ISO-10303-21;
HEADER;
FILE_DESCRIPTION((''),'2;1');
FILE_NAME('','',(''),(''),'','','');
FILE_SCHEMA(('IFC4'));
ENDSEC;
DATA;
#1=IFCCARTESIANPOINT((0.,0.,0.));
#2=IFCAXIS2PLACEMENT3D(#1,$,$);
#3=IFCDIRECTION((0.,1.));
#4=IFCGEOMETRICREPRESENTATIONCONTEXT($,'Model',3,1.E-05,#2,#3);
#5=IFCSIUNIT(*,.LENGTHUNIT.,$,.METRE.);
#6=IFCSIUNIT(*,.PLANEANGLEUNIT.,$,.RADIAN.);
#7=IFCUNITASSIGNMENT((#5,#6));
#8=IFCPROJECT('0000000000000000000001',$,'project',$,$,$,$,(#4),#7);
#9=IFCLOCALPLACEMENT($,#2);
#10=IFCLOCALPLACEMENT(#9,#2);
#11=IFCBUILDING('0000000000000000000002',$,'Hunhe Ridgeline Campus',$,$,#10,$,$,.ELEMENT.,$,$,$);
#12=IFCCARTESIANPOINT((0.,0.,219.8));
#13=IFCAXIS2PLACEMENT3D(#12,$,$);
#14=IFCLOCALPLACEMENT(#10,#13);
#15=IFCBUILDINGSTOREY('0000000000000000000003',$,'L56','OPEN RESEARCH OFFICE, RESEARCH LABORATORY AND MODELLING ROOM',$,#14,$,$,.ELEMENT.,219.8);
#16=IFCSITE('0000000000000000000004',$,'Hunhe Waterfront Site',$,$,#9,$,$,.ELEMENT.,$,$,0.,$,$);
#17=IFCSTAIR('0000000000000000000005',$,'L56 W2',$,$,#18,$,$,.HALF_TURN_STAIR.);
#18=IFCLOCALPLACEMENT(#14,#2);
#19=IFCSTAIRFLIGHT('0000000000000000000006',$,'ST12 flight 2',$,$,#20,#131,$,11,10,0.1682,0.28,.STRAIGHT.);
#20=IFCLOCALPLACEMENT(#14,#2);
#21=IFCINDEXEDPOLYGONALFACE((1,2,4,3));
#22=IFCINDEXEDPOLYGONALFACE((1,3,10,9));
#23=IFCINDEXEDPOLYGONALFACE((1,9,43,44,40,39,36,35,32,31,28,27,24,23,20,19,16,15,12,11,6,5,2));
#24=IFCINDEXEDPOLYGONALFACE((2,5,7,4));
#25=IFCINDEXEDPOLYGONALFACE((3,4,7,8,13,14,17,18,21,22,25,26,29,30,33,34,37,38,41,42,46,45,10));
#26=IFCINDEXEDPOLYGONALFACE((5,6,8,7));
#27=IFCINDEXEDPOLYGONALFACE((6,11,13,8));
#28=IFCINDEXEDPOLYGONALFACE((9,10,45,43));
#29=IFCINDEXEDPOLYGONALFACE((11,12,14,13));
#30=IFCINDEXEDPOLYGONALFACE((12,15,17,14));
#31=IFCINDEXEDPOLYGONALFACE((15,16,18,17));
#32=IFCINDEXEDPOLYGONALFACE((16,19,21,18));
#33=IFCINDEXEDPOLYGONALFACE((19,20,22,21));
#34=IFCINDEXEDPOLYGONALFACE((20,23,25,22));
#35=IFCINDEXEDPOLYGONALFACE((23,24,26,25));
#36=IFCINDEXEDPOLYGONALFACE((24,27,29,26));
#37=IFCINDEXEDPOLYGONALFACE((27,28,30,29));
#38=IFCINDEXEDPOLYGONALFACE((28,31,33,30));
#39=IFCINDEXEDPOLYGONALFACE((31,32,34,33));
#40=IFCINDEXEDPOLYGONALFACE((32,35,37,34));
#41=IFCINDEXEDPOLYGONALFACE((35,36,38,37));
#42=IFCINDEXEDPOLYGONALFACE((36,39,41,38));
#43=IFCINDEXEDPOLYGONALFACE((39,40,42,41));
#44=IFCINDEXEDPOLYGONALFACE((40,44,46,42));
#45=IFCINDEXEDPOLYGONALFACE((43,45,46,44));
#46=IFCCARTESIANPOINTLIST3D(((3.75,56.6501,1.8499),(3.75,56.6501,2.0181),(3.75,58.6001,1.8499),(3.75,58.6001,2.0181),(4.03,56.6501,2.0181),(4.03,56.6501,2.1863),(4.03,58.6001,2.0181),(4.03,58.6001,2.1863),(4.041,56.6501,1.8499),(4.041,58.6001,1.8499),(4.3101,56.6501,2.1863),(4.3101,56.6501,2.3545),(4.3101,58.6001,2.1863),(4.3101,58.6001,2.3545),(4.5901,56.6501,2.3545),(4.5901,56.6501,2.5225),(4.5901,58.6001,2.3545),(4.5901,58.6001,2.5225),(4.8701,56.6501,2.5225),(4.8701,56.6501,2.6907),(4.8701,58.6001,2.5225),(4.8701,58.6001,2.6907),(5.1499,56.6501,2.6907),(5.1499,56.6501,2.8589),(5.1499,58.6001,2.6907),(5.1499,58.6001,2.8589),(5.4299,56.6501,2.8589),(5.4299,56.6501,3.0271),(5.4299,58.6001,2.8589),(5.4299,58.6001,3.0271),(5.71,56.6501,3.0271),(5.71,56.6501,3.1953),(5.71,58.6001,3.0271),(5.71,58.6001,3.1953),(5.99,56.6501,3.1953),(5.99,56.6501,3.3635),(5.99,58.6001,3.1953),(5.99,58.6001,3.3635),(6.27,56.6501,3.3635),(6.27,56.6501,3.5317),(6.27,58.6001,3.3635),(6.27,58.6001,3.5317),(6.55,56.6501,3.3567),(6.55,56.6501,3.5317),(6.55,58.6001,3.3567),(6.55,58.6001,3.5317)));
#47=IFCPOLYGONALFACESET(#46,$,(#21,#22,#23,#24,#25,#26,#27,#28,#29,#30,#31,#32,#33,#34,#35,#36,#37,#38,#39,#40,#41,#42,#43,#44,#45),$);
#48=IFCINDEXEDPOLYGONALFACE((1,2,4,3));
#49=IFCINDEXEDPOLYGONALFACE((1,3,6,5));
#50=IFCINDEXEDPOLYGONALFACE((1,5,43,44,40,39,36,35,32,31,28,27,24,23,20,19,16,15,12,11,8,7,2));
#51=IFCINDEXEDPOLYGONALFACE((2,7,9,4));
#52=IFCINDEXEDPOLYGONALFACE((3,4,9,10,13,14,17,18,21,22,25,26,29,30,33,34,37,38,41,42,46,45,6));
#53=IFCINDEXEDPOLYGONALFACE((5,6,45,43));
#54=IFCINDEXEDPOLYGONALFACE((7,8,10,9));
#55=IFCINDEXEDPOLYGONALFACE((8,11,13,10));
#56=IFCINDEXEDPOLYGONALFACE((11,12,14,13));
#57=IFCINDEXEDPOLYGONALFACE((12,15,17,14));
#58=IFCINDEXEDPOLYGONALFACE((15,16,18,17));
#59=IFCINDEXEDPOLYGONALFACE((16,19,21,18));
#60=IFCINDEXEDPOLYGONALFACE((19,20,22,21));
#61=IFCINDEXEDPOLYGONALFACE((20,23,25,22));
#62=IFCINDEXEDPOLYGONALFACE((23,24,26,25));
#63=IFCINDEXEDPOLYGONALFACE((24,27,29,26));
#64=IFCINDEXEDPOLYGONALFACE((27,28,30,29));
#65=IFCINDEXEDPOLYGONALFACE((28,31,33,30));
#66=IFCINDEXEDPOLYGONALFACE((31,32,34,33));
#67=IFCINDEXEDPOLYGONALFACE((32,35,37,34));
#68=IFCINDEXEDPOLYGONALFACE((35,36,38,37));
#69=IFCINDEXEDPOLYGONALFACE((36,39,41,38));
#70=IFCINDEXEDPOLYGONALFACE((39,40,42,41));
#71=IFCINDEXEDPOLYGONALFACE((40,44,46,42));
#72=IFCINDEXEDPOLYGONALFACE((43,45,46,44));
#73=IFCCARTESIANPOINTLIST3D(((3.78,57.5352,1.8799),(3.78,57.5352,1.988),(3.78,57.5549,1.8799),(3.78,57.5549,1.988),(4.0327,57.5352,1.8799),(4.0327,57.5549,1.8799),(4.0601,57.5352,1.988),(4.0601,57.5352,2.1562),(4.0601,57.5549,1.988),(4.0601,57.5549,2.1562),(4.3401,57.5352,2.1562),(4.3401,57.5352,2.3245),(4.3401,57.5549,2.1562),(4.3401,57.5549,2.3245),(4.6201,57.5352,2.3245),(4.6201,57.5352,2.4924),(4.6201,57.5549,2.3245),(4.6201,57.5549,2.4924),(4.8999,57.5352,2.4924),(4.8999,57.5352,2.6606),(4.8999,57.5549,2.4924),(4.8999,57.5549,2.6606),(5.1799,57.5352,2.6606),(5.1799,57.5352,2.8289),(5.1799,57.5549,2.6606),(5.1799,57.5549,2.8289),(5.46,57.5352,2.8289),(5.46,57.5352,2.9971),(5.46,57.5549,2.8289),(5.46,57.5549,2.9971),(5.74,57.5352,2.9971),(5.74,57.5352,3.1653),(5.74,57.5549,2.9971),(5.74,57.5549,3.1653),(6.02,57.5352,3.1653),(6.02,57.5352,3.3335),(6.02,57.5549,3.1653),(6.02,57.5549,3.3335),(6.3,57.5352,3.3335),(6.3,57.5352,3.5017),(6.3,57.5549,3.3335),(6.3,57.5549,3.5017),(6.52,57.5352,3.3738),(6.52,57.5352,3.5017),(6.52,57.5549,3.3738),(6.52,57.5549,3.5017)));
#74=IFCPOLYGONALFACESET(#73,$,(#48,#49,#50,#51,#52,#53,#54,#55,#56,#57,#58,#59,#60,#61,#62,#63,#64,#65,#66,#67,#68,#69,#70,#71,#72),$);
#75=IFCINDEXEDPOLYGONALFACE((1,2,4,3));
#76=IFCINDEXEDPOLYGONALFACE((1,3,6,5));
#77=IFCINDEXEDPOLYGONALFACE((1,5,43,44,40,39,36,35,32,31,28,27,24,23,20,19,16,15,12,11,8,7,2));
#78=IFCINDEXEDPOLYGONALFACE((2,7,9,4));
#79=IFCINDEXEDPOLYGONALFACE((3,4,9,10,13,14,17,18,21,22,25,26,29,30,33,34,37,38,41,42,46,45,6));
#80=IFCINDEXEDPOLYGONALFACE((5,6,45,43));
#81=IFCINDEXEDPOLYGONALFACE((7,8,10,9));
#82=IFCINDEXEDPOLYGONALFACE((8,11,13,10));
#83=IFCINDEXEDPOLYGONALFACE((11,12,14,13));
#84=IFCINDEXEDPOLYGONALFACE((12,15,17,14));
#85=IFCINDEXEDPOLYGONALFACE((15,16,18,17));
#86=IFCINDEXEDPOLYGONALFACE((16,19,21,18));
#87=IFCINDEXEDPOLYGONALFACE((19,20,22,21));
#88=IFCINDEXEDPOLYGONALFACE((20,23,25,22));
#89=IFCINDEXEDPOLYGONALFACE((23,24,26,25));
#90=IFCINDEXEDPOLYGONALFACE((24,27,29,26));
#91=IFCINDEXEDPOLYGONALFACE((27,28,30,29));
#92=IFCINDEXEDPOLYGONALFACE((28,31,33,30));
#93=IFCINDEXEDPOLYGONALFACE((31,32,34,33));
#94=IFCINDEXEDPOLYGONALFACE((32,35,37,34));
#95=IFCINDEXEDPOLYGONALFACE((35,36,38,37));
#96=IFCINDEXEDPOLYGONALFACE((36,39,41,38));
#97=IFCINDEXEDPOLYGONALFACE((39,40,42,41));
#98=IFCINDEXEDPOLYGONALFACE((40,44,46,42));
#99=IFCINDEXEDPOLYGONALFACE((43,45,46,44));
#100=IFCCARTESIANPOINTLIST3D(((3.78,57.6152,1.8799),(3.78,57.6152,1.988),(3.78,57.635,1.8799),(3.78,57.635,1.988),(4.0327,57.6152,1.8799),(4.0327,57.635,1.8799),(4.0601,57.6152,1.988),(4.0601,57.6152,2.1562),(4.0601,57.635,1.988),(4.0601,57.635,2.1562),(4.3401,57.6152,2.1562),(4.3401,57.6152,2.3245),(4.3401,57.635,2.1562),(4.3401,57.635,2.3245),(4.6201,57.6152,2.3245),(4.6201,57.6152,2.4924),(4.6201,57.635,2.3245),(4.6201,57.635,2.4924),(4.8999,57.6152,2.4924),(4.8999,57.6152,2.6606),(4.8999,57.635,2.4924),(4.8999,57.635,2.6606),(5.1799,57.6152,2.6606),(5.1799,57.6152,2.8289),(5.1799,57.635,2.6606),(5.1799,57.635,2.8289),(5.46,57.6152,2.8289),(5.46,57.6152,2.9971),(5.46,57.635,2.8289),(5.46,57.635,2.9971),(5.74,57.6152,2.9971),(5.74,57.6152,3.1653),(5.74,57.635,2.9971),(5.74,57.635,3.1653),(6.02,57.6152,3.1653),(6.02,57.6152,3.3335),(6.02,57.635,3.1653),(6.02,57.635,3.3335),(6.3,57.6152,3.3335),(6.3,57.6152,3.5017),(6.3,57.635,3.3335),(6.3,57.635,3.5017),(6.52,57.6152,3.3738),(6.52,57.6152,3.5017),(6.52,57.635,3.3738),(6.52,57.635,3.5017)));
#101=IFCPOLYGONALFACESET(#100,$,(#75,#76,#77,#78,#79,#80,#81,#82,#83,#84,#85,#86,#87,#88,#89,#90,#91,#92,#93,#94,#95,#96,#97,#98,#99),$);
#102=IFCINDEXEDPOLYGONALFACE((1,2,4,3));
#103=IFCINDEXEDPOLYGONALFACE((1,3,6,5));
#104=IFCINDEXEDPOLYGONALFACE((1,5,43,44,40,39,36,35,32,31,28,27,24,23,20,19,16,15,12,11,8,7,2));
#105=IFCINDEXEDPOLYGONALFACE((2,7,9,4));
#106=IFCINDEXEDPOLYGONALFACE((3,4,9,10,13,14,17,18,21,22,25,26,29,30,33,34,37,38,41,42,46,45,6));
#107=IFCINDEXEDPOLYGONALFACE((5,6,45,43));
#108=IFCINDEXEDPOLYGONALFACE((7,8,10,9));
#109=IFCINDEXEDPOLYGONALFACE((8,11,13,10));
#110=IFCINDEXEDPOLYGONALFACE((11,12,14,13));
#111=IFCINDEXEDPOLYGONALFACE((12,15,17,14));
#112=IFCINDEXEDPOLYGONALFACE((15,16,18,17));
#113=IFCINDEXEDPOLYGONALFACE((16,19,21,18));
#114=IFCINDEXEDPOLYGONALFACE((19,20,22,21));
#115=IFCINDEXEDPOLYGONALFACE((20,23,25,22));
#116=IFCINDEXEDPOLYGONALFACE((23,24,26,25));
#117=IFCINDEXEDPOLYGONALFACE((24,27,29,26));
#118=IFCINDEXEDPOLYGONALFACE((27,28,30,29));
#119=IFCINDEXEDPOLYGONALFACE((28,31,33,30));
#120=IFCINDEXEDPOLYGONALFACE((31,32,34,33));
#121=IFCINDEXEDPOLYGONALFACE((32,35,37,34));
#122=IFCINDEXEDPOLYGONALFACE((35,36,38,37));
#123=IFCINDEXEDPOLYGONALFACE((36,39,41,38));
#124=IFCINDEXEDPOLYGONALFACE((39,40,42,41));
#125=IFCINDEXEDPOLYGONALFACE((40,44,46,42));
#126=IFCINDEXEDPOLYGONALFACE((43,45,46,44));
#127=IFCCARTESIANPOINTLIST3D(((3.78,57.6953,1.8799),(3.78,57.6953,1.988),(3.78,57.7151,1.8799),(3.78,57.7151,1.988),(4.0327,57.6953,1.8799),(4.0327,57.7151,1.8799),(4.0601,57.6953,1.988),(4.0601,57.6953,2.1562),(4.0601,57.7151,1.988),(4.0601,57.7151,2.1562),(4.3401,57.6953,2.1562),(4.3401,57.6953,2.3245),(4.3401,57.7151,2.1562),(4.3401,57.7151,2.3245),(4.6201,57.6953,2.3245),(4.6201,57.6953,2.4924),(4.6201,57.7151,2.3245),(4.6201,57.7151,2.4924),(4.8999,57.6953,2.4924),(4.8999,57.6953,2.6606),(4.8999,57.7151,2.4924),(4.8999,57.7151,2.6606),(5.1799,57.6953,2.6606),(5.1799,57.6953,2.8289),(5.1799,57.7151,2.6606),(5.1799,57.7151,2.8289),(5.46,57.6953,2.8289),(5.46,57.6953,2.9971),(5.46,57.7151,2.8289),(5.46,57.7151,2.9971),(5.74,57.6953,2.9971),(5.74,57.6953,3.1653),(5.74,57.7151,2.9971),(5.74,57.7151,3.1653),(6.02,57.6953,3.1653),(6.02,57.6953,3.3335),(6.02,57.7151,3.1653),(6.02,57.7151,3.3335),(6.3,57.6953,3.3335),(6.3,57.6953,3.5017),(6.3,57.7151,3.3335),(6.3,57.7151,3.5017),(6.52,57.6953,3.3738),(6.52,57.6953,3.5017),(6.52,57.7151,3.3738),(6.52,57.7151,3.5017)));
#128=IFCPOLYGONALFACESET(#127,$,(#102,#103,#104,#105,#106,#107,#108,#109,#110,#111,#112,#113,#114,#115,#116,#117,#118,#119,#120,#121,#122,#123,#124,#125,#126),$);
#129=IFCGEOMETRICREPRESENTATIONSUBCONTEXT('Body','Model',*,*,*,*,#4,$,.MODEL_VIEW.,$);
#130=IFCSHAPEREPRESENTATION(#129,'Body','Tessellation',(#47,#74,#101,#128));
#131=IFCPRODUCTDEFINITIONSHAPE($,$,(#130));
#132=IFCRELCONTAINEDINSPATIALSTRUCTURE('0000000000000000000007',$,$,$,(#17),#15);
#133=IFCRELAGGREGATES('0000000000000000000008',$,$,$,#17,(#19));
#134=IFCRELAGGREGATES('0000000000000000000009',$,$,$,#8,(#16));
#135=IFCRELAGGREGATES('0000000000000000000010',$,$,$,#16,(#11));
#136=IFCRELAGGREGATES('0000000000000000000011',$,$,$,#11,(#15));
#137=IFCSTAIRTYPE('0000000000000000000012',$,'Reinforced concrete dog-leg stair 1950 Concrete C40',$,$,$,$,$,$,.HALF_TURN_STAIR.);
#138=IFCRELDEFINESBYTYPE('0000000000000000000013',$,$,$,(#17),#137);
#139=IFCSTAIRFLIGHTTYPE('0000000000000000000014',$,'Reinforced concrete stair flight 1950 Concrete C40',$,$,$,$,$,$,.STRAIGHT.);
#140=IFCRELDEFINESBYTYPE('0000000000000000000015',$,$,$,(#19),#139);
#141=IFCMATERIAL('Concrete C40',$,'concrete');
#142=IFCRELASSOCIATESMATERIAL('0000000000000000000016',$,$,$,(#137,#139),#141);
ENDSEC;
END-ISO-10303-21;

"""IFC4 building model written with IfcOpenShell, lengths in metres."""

from ifc_helpers import new_model, si_unit, direction, frame, origin, place, context, subcontext, project, spatial, polyline, outline, extrude, material, type_object, element, aggregate, save


model = new_model("IFC4")

# Units and contexts
model_context = context("Model", 3, precision=1e-05, world=origin(), true_north=direction((0.0, 1.0)))
body_context = subcontext(model_context, "Body", "Model", "MODEL_VIEW")
ifc_project = project(units=[si_unit("LENGTHUNIT", "METRE"), si_unit("PLANEANGLEUNIT", "RADIAN")], contexts=[model_context])

# Site, building, storey
site_placement = place(None, origin())
site = spatial("IfcSite", under=ifc_project, at=site_placement, Name="Hunhe Waterfront Site", CompositionType="ELEMENT", RefElevation=0.0)
building_placement = place(site_placement, origin())
building = spatial("IfcBuilding", under=site, at=building_placement, Name="Hunhe Ridgeline Campus", CompositionType="ELEMENT")
storey_placement = place(building_placement, frame((0.0, 0.0, 219.8)))
storey = spatial("IfcBuildingStorey", under=building, at=storey_placement, Name="L56", Description="OPEN RESEARCH OFFICE, RESEARCH LABORATORY AND MODELLING ROOM", CompositionType="ELEMENT", Elevation=219.8)

# Shared definitions
ifc_material_1 = material(Name="Concrete C40", Category="concrete")
stair_type = type_object("IfcStairType", Name="Reinforced concrete dog-leg stair 1950 Concrete C40", PredefinedType="HALF_TURN_STAIR", material=ifc_material_1)
stair_flight_type = type_object("IfcStairFlightType", Name="Reinforced concrete stair flight 1950 Concrete C40", PredefinedType="STRAIGHT", material=ifc_material_1)

# Stair, stair flight
stair_1_placement = place(storey_placement, origin())
stair_1 = element("IfcStair", 1, at=stair_1_placement, inside=storey, type_object=stair_type, Name="L56 W2", PredefinedType="HALF_TURN_STAIR")
stair_flight_1_placement = place(storey_placement, frame((3.75, 57.625, 1.8499), z_axis=(0.0, 0.0, 1.0), x_axis=(1.0, 0.0, 0.0)))
stair_flight_1 = element("IfcStairFlight", 2, at=stair_flight_1_placement, type_object=stair_flight_type, Name="ST12 flight 2", NumberOfRisers=11, NumberOfTreads=10, PredefinedType="STRAIGHT", RiserHeight=0.1682, TreadLength=0.28, context=body_context, shape_type="SweptSolid", body=[
    extrude(outline(polyline([(0.0, 0.0), (0.0, 0.1682), (0.28, 0.1682), (0.28, 0.3364), (0.5601, 0.3364), (0.5601, 0.5046), (0.8401, 0.5046), (0.8401, 0.6726), (1.1201, 0.6726), (1.1201, 0.8408), (1.3999, 0.8408), (1.3999, 1.009), (1.6799, 1.009), (1.6799, 1.1772), (1.96, 1.1772), (1.96, 1.3455), (2.24, 1.3455), (2.24, 1.5137), (2.52, 1.5137), (2.52, 1.6819), (2.8, 1.6819), (2.8, 1.8501), (2.8, 1.5068), (0.291, 0.0), (0.0, 0.0)])), frame((0.0, 0.9751, 0.0), z_axis=(0.0, -1.0, 0.0), x_axis=(1.0, 0.0, 0.0)), (0.0, 0.0, 1.0), 1.95),
    extrude(outline(polyline([(0.03, 0.03), (0.03, 0.1382), (0.3101, 0.1382), (0.3101, 0.3064), (0.5901, 0.3064), (0.5901, 0.4746), (0.8701, 0.4746), (0.8701, 0.6426), (1.1499, 0.6426), (1.1499, 0.8108), (1.4299, 0.8108), (1.4299, 0.979), (1.71, 0.979), (1.71, 1.1472), (1.99, 1.1472), (1.99, 1.3154), (2.27, 1.3154), (2.27, 1.4836), (2.55, 1.4836), (2.55, 1.6519), (2.77, 1.6519), (2.77, 1.5239), (0.2827, 0.03), (0.03, 0.03)])), frame((0.0, -0.0701, 0.0), z_axis=(0.0, -1.0, 0.0), x_axis=(1.0, 0.0, 0.0)), (0.0, 0.0, 1.0), 0.0198),
    extrude(outline(polyline([(0.03, 0.03), (0.03, 0.1382), (0.3101, 0.1382), (0.3101, 0.3064), (0.5901, 0.3064), (0.5901, 0.4746), (0.8701, 0.4746), (0.8701, 0.6426), (1.1499, 0.6426), (1.1499, 0.8108), (1.4299, 0.8108), (1.4299, 0.979), (1.71, 0.979), (1.71, 1.1472), (1.99, 1.1472), (1.99, 1.3154), (2.27, 1.3154), (2.27, 1.4836), (2.55, 1.4836), (2.55, 1.6519), (2.77, 1.6519), (2.77, 1.5239), (0.2827, 0.03), (0.03, 0.03)])), frame((0.0, 0.01, 0.0), z_axis=(0.0, -1.0, 0.0), x_axis=(1.0, 0.0, 0.0)), (0.0, 0.0, 1.0), 0.0198),
    extrude(outline(polyline([(0.03, 0.03), (0.03, 0.1382), (0.3101, 0.1382), (0.3101, 0.3064), (0.5901, 0.3064), (0.5901, 0.4746), (0.8701, 0.4746), (0.8701, 0.6426), (1.1499, 0.6426), (1.1499, 0.8108), (1.4299, 0.8108), (1.4299, 0.979), (1.71, 0.979), (1.71, 1.1472), (1.99, 1.1472), (1.99, 1.3154), (2.27, 1.3154), (2.27, 1.4836), (2.55, 1.4836), (2.55, 1.6519), (2.77, 1.6519), (2.77, 1.5239), (0.2827, 0.03), (0.03, 0.03)])), frame((0.0, 0.0901, 0.0), z_axis=(0.0, -1.0, 0.0), x_axis=(1.0, 0.0, 0.0)), (0.0, 0.0, 1.0), 0.0198),
])
aggregate(stair_1, [stair_flight_1])

save(model, "model.ifc")
